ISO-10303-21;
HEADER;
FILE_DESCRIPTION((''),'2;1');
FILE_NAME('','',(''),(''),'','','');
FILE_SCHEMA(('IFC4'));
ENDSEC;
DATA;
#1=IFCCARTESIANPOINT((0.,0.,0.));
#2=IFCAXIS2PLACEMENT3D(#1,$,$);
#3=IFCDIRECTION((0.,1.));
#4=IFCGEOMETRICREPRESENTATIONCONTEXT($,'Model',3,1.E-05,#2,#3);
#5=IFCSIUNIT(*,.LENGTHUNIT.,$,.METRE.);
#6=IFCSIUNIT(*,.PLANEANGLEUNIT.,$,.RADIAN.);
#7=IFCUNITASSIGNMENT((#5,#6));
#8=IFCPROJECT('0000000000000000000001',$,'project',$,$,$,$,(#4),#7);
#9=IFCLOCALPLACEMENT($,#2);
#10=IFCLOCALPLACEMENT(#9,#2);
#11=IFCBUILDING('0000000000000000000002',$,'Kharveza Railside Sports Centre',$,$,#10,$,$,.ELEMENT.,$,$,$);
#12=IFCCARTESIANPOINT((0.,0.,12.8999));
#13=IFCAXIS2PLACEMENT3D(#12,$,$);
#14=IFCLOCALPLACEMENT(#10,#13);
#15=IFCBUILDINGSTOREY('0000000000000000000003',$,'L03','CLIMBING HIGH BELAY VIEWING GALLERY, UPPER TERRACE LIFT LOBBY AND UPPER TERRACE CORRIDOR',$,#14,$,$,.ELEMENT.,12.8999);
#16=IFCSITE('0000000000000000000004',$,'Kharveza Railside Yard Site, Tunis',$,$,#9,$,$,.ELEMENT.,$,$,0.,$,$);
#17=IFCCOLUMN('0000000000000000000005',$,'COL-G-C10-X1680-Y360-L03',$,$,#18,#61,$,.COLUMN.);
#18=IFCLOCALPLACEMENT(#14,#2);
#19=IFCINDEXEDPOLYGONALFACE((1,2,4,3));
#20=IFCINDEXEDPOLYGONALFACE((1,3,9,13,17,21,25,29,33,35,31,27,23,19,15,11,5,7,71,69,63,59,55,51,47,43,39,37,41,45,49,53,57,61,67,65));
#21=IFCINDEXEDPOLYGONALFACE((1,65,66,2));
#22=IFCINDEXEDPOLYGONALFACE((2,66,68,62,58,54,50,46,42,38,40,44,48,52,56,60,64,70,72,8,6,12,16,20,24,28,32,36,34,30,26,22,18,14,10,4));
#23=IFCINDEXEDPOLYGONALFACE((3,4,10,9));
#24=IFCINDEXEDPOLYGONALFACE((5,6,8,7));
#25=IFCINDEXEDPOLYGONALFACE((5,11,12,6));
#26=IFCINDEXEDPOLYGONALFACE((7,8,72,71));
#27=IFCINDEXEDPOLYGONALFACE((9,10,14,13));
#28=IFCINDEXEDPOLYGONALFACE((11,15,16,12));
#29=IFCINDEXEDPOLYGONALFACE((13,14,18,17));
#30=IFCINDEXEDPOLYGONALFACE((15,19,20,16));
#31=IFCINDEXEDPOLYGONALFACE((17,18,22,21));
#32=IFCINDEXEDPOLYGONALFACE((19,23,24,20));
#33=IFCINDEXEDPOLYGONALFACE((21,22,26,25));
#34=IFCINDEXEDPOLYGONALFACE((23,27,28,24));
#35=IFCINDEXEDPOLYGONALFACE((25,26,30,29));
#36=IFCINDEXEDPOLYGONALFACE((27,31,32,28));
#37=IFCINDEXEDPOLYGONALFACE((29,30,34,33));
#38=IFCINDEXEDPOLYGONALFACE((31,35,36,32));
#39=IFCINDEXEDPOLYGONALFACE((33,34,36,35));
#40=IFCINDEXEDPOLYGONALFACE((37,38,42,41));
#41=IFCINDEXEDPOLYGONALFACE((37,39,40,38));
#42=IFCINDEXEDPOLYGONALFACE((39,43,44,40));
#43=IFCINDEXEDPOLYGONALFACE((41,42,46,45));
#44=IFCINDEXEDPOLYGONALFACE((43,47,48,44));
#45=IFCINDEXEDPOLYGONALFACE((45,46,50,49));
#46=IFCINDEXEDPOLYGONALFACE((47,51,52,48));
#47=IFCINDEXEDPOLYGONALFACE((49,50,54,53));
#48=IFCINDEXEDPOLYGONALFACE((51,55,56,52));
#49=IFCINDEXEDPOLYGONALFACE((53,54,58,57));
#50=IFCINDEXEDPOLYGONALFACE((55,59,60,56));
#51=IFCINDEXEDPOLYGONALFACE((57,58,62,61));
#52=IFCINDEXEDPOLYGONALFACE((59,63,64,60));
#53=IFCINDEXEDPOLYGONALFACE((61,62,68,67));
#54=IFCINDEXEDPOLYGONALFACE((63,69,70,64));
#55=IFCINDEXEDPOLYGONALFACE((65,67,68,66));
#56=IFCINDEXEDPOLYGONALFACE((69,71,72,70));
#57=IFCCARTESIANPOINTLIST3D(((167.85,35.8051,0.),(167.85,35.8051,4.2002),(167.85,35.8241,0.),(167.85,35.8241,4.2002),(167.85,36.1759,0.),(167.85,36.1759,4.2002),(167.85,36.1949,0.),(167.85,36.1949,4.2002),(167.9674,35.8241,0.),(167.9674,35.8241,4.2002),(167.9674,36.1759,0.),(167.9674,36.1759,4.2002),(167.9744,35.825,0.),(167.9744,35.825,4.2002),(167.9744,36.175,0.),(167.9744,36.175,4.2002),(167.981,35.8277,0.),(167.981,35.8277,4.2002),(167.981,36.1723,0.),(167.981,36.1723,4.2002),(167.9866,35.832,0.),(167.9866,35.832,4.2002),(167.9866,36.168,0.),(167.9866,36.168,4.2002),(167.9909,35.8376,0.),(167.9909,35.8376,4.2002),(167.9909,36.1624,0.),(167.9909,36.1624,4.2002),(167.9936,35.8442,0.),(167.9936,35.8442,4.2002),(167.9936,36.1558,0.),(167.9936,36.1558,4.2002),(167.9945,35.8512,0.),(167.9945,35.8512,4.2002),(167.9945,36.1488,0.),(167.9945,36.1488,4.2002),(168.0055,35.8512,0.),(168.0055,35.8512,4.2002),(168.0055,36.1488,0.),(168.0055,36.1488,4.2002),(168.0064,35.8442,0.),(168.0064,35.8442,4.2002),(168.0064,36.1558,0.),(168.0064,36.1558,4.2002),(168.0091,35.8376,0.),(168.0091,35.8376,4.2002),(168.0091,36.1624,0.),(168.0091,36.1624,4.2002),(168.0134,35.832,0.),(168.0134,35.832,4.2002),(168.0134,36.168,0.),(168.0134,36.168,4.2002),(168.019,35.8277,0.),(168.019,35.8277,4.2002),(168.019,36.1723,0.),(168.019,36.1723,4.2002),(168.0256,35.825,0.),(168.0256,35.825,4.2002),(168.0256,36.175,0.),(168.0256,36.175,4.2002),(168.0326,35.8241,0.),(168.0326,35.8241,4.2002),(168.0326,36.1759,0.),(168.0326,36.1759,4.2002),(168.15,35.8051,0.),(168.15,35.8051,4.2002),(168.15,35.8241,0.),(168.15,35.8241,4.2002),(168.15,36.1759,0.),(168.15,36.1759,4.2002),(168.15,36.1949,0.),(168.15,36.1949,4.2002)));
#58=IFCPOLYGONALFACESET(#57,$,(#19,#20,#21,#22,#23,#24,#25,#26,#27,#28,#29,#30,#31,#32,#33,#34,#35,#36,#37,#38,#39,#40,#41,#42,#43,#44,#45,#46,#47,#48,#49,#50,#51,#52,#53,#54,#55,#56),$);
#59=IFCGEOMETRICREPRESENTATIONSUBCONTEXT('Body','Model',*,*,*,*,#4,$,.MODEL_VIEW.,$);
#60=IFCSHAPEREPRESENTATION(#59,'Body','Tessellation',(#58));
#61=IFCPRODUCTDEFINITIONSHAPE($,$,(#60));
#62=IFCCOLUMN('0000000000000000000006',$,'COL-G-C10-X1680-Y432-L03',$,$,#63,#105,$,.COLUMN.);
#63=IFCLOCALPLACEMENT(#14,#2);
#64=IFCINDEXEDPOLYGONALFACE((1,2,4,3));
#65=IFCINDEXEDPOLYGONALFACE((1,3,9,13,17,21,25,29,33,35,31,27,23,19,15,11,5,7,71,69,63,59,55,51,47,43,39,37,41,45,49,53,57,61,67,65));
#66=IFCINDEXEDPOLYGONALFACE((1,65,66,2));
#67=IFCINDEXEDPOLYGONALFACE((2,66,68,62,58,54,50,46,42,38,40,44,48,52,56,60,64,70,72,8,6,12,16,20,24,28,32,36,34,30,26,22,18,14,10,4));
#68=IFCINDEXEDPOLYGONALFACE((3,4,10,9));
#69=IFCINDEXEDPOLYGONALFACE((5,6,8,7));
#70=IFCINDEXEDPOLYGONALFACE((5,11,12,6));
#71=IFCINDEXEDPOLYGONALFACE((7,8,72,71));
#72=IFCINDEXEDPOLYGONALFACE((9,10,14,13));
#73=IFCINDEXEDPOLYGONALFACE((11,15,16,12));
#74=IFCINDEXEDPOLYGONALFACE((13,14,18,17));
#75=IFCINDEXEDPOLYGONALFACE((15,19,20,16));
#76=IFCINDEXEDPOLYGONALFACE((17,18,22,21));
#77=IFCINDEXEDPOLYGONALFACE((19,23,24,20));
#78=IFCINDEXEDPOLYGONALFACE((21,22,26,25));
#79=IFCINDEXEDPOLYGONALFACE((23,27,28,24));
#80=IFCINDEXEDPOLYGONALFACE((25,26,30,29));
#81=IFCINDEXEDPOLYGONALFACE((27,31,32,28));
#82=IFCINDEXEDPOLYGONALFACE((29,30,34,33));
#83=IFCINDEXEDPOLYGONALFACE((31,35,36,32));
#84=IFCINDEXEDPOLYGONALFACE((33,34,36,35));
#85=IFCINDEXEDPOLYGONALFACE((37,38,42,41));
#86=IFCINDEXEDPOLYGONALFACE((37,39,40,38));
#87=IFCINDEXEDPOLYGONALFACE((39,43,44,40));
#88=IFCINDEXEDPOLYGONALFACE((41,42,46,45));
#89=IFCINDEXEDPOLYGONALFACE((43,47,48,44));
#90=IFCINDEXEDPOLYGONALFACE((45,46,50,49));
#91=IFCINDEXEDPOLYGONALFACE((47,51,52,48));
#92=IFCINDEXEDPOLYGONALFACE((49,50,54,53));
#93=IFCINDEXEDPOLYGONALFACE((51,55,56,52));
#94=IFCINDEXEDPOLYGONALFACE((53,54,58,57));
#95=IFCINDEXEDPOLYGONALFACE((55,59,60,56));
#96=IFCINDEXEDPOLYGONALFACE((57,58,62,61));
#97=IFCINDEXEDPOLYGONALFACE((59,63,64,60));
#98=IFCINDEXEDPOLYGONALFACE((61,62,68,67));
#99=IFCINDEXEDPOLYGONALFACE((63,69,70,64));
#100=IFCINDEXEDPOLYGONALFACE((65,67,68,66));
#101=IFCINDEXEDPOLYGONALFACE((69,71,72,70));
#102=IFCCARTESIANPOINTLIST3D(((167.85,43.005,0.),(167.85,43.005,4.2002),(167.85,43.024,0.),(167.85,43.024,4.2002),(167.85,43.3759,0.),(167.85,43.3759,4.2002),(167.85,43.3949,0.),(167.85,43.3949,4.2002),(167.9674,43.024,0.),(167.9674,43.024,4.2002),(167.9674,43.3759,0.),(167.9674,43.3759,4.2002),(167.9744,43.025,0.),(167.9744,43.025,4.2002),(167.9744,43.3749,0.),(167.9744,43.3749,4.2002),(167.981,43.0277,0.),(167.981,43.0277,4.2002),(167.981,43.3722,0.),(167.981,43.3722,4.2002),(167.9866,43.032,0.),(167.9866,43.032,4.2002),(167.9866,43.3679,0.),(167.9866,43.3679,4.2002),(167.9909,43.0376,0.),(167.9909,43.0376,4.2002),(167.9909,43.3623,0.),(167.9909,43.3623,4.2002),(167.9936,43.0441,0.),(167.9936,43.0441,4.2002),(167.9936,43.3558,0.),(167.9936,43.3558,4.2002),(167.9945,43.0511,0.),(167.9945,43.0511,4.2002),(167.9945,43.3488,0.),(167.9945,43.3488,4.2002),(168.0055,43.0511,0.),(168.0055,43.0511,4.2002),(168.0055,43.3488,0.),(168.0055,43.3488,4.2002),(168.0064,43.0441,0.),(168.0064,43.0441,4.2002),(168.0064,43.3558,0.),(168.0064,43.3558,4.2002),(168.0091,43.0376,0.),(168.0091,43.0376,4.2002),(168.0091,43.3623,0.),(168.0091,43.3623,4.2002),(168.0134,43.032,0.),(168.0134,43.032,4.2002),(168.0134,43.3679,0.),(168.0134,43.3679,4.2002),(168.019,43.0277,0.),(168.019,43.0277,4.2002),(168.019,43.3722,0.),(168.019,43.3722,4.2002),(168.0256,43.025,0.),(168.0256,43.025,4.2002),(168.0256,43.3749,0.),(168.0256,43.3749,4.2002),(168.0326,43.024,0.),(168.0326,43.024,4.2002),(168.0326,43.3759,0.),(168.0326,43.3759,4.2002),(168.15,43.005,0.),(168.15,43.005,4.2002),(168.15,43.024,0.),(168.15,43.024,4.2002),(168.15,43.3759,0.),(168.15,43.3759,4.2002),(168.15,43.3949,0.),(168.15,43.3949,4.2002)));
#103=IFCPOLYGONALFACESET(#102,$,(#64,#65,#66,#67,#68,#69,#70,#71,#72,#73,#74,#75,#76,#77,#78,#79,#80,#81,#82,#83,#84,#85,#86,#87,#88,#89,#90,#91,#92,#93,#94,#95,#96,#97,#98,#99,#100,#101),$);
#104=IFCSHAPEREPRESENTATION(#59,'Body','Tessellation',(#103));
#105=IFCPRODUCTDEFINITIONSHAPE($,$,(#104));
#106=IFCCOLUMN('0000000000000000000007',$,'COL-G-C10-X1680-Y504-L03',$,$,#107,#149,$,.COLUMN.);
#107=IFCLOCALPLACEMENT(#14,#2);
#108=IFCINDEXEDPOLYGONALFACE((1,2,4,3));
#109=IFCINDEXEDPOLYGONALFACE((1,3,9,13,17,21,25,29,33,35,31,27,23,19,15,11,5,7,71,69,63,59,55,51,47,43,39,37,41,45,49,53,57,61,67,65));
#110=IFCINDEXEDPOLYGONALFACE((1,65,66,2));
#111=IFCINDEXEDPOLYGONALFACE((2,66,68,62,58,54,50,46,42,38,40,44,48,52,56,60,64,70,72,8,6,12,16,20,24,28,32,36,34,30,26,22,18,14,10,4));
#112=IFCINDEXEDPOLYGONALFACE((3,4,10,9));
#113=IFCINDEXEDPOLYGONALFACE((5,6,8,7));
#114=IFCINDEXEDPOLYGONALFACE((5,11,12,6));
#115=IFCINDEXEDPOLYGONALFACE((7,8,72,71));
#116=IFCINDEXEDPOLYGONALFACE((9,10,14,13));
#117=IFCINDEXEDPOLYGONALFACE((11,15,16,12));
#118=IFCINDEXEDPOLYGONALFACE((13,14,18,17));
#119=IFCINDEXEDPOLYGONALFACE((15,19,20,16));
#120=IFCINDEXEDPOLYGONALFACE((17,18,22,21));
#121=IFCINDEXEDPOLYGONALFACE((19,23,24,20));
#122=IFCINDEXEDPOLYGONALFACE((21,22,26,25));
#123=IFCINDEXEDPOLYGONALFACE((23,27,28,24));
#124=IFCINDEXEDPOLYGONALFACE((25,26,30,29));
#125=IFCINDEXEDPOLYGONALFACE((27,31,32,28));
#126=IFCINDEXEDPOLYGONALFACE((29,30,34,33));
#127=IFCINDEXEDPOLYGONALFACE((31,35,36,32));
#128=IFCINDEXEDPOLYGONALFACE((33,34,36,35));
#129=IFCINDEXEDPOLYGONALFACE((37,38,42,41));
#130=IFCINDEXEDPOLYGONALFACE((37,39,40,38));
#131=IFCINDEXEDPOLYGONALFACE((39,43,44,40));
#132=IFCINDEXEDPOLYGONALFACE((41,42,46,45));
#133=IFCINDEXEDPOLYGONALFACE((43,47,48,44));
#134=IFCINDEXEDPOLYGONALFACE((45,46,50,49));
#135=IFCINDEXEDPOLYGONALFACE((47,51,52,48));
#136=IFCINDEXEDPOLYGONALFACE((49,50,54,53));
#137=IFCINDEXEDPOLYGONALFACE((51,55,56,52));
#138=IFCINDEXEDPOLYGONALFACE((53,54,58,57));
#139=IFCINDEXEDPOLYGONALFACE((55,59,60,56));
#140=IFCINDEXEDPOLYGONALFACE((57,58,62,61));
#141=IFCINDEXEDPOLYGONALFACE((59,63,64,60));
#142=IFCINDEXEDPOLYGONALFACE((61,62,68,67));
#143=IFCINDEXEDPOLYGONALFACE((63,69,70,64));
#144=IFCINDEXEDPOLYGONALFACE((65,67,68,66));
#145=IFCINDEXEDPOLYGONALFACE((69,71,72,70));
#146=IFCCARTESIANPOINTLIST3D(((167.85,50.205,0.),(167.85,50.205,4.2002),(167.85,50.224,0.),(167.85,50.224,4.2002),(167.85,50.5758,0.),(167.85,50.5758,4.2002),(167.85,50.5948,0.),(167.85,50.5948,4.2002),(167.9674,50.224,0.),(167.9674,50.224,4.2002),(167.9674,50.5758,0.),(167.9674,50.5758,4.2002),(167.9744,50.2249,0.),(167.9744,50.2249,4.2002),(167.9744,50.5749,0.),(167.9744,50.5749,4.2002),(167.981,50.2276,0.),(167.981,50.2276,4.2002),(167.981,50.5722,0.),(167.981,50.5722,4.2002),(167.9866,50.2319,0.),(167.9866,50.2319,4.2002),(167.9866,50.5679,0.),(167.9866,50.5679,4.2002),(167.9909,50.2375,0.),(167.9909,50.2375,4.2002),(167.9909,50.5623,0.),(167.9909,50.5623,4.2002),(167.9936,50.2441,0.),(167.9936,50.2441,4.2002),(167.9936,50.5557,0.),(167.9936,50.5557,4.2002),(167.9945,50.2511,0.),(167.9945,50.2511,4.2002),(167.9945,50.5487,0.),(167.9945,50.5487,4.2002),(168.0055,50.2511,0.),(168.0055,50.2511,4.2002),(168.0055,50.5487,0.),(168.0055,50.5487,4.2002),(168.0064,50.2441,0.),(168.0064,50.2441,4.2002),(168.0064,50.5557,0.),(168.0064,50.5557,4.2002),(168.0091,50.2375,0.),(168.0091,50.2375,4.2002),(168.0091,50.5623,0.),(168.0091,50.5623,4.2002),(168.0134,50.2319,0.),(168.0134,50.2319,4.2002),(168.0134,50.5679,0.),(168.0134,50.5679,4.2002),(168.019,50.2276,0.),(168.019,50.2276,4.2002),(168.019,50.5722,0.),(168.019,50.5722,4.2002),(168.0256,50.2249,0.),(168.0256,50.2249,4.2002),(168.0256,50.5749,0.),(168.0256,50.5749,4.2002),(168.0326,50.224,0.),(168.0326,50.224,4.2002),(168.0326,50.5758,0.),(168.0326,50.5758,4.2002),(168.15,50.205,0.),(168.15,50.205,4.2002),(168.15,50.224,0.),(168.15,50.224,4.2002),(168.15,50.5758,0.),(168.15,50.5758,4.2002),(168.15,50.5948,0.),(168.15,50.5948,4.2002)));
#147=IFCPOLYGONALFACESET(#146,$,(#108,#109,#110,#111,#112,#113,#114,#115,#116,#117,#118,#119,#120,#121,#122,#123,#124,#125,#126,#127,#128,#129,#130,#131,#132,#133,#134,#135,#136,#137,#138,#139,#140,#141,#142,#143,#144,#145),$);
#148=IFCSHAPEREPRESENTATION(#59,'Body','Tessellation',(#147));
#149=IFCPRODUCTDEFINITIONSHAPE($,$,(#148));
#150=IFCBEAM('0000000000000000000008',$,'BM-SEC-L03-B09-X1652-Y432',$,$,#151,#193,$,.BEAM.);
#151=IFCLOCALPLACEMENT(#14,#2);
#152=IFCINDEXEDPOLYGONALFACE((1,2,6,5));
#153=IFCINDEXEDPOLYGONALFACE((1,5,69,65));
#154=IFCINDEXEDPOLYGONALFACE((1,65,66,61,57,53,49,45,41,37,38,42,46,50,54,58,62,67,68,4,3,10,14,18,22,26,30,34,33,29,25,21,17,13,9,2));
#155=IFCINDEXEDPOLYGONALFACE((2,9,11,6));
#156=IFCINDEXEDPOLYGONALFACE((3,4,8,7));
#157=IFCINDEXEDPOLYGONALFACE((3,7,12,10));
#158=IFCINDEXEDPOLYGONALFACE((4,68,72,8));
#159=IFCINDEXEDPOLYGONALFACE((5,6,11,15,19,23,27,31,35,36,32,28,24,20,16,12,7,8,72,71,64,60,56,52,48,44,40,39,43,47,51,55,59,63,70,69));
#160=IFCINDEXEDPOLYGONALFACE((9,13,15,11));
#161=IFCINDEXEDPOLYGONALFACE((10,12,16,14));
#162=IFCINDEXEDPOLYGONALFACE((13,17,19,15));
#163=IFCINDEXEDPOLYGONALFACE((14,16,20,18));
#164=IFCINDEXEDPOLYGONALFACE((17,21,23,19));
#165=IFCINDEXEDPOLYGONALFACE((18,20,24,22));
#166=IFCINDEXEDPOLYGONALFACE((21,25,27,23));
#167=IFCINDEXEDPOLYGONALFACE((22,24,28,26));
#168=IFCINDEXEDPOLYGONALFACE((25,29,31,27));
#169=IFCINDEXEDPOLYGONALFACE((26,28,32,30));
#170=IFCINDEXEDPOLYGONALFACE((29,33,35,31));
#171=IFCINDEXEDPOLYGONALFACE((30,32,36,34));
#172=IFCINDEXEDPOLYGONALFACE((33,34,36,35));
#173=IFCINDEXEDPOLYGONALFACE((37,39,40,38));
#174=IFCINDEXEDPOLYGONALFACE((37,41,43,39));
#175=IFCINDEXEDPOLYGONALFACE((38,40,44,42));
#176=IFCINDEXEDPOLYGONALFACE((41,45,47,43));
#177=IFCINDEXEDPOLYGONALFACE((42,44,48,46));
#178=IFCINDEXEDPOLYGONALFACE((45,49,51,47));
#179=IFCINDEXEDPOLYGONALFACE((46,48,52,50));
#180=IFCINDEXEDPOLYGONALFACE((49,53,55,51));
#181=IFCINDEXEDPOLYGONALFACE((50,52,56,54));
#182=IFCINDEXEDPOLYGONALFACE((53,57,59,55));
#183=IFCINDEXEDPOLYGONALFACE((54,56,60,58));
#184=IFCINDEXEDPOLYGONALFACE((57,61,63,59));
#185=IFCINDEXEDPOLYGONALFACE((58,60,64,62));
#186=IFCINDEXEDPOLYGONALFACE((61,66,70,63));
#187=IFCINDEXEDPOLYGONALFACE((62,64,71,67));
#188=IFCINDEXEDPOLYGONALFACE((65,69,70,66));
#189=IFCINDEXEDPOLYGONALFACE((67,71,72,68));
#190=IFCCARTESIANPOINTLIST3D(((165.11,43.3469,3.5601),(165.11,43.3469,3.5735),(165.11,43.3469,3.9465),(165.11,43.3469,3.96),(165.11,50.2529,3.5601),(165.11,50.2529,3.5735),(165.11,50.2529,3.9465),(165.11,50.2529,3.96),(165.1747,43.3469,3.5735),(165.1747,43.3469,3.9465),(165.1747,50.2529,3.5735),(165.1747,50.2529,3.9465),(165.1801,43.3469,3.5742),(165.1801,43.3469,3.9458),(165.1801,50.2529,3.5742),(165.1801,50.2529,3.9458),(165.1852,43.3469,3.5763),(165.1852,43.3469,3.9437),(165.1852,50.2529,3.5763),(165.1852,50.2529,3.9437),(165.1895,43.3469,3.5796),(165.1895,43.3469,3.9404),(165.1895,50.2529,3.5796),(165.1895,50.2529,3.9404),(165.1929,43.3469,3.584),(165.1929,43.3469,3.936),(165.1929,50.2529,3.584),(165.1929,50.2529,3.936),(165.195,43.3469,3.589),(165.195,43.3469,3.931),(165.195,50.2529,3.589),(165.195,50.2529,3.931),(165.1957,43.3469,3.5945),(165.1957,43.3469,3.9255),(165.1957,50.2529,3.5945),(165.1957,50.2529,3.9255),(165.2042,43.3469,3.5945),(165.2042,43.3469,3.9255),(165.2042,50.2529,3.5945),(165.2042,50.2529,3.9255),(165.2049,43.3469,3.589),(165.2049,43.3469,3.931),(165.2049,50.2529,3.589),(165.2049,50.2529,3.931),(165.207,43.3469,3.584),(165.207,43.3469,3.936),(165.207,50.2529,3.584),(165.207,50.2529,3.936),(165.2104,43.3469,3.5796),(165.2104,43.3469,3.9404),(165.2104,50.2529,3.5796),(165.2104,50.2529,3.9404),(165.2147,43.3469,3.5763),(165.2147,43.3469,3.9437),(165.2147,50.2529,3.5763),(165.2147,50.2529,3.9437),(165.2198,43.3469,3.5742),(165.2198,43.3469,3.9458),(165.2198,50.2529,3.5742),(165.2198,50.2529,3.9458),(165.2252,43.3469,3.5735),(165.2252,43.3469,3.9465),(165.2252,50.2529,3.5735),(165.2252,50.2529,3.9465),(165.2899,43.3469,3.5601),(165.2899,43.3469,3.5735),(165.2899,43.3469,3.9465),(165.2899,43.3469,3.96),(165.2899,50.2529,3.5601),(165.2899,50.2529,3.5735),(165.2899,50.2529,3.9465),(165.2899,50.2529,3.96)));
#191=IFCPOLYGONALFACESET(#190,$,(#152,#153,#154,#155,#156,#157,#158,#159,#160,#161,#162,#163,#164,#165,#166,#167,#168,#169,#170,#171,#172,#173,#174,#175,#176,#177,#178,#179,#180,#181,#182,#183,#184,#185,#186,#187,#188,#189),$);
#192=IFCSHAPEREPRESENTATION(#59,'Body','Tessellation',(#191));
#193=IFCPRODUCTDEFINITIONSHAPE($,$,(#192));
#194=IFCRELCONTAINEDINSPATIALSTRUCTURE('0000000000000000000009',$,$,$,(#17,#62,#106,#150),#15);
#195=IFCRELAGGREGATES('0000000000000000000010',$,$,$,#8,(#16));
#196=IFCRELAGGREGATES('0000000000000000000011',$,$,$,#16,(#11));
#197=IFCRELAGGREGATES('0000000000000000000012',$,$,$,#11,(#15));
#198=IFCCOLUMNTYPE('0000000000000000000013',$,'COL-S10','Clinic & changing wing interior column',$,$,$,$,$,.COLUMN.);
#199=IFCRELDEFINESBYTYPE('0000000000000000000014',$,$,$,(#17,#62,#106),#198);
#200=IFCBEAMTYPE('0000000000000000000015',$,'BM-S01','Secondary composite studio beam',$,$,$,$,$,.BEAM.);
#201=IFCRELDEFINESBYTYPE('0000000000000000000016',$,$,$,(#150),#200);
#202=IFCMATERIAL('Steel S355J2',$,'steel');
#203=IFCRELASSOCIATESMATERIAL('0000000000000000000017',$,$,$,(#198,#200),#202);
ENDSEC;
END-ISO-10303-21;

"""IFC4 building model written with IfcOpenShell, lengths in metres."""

from ifc_helpers import new_model, si_unit, direction, frame, origin, origin_2d, place, context, subcontext, project, spatial, i_section, extrude, material, material_profile, profile_set, type_object, element, save


model = new_model("IFC4")

# Units and contexts
model_context = context("Model", 3, precision=1e-05, world=origin(), true_north=direction((0.0, 1.0)))
body_context = subcontext(model_context, "Body", "Model", "MODEL_VIEW")
ifc_project = project(units=[si_unit("LENGTHUNIT", "METRE"), si_unit("PLANEANGLEUNIT", "RADIAN")], contexts=[model_context])

# Site, building, storey
site_placement = place(None, origin())
site = spatial("IfcSite", under=ifc_project, at=site_placement, Name="Kharveza Railside Yard Site, Tunis", CompositionType="ELEMENT", RefElevation=0.0)
building_placement = place(site_placement, origin())
building = spatial("IfcBuilding", under=site, at=building_placement, Name="Kharveza Railside Sports Centre", CompositionType="ELEMENT")
storey_placement = place(building_placement, frame((0.0, 0.0, 12.8999)))
storey = spatial("IfcBuildingStorey", under=building, at=storey_placement, Name="L03", Description="CLIMBING HIGH BELAY VIEWING GALLERY, UPPER TERRACE LIFT LOBBY AND UPPER TERRACE CORRIDOR", CompositionType="ELEMENT", Elevation=12.8999)

# Columns
ifc_material_1 = material(Name="Steel S355J2", Category="steel")
ifc_material_profile_1 = material_profile(ifc_material_1, i_section(OverallWidth=0.3, OverallDepth=0.3899, WebThickness=0.011, FlangeThickness=0.019, FilletRadius=0.0271, at=origin_2d()), Name="HEA 400")
ifc_profile_set_1 = profile_set([ifc_material_profile_1], Name="Steel S355J2")
column_type = type_object("IfcColumnType", Name="COL-S10", Description="Clinic & changing wing interior column", PredefinedType="COLUMN", material=ifc_profile_set_1)
for number, where, z_axis, x_axis, name in (
    (1, (168.0, 36.0, 0.0), (0.0, 0.0, 1.0), (1.0, 0.0, 0.0), "COL-G-C10-X1680-Y360-L03"),
    (2, (168.0, 43.2, 0.0), (0.0, 0.0, 1.0), (1.0, 0.0, 0.0), "COL-G-C10-X1680-Y432-L03"),
    (3, (168.0, 50.3999, 0.0), (0.0, 0.0, 1.0), (1.0, 0.0, 0.0), "COL-G-C10-X1680-Y504-L03"),
):
    element("IfcColumn", number, at=place(storey_placement, frame(where, z_axis=z_axis, x_axis=x_axis)), inside=storey, type_object=column_type, Name=name, PredefinedType="COLUMN", context=body_context, shape_type="SweptSolid", body=[
        extrude(i_section(OverallWidth=0.3, OverallDepth=0.3899, WebThickness=0.011, FlangeThickness=0.019, FilletRadius=0.0271, at=origin_2d()), origin(), (0.0, 0.0, 1.0), 4.2002),
    ])

# Beam
ifc_material_profile_2 = material_profile(ifc_material_1, i_section(OverallWidth=0.1799, OverallDepth=0.3999, WebThickness=0.0085, FlangeThickness=0.0134, FilletRadius=0.021, at=origin_2d()), Name="IPE 400")
ifc_profile_set_2 = profile_set([ifc_material_profile_2], Name="Steel S355J2")
beam_type_1 = type_object("IfcBeamType", Name="BM-S01", Description="Secondary composite studio beam", PredefinedType="BEAM", material=ifc_profile_set_2)
beam_1_placement = place(storey_placement, frame((165.2, 43.3469, 3.76), z_axis=(0.0, 1.0, 0.0), x_axis=(-1.0, 0.0, 0.0)))
element("IfcBeam", 4, at=beam_1_placement, inside=storey, type_object=beam_type_1, Name="BM-SEC-L03-B09-X1652-Y432", PredefinedType="BEAM", context=body_context, shape_type="SweptSolid", body=[
    extrude(i_section(OverallWidth=0.1799, OverallDepth=0.3999, WebThickness=0.0085, FlangeThickness=0.0134, FilletRadius=0.021, at=origin_2d()), origin(), (0.0, 0.0, 1.0), 6.906),
])

save(model, "model.ifc")
